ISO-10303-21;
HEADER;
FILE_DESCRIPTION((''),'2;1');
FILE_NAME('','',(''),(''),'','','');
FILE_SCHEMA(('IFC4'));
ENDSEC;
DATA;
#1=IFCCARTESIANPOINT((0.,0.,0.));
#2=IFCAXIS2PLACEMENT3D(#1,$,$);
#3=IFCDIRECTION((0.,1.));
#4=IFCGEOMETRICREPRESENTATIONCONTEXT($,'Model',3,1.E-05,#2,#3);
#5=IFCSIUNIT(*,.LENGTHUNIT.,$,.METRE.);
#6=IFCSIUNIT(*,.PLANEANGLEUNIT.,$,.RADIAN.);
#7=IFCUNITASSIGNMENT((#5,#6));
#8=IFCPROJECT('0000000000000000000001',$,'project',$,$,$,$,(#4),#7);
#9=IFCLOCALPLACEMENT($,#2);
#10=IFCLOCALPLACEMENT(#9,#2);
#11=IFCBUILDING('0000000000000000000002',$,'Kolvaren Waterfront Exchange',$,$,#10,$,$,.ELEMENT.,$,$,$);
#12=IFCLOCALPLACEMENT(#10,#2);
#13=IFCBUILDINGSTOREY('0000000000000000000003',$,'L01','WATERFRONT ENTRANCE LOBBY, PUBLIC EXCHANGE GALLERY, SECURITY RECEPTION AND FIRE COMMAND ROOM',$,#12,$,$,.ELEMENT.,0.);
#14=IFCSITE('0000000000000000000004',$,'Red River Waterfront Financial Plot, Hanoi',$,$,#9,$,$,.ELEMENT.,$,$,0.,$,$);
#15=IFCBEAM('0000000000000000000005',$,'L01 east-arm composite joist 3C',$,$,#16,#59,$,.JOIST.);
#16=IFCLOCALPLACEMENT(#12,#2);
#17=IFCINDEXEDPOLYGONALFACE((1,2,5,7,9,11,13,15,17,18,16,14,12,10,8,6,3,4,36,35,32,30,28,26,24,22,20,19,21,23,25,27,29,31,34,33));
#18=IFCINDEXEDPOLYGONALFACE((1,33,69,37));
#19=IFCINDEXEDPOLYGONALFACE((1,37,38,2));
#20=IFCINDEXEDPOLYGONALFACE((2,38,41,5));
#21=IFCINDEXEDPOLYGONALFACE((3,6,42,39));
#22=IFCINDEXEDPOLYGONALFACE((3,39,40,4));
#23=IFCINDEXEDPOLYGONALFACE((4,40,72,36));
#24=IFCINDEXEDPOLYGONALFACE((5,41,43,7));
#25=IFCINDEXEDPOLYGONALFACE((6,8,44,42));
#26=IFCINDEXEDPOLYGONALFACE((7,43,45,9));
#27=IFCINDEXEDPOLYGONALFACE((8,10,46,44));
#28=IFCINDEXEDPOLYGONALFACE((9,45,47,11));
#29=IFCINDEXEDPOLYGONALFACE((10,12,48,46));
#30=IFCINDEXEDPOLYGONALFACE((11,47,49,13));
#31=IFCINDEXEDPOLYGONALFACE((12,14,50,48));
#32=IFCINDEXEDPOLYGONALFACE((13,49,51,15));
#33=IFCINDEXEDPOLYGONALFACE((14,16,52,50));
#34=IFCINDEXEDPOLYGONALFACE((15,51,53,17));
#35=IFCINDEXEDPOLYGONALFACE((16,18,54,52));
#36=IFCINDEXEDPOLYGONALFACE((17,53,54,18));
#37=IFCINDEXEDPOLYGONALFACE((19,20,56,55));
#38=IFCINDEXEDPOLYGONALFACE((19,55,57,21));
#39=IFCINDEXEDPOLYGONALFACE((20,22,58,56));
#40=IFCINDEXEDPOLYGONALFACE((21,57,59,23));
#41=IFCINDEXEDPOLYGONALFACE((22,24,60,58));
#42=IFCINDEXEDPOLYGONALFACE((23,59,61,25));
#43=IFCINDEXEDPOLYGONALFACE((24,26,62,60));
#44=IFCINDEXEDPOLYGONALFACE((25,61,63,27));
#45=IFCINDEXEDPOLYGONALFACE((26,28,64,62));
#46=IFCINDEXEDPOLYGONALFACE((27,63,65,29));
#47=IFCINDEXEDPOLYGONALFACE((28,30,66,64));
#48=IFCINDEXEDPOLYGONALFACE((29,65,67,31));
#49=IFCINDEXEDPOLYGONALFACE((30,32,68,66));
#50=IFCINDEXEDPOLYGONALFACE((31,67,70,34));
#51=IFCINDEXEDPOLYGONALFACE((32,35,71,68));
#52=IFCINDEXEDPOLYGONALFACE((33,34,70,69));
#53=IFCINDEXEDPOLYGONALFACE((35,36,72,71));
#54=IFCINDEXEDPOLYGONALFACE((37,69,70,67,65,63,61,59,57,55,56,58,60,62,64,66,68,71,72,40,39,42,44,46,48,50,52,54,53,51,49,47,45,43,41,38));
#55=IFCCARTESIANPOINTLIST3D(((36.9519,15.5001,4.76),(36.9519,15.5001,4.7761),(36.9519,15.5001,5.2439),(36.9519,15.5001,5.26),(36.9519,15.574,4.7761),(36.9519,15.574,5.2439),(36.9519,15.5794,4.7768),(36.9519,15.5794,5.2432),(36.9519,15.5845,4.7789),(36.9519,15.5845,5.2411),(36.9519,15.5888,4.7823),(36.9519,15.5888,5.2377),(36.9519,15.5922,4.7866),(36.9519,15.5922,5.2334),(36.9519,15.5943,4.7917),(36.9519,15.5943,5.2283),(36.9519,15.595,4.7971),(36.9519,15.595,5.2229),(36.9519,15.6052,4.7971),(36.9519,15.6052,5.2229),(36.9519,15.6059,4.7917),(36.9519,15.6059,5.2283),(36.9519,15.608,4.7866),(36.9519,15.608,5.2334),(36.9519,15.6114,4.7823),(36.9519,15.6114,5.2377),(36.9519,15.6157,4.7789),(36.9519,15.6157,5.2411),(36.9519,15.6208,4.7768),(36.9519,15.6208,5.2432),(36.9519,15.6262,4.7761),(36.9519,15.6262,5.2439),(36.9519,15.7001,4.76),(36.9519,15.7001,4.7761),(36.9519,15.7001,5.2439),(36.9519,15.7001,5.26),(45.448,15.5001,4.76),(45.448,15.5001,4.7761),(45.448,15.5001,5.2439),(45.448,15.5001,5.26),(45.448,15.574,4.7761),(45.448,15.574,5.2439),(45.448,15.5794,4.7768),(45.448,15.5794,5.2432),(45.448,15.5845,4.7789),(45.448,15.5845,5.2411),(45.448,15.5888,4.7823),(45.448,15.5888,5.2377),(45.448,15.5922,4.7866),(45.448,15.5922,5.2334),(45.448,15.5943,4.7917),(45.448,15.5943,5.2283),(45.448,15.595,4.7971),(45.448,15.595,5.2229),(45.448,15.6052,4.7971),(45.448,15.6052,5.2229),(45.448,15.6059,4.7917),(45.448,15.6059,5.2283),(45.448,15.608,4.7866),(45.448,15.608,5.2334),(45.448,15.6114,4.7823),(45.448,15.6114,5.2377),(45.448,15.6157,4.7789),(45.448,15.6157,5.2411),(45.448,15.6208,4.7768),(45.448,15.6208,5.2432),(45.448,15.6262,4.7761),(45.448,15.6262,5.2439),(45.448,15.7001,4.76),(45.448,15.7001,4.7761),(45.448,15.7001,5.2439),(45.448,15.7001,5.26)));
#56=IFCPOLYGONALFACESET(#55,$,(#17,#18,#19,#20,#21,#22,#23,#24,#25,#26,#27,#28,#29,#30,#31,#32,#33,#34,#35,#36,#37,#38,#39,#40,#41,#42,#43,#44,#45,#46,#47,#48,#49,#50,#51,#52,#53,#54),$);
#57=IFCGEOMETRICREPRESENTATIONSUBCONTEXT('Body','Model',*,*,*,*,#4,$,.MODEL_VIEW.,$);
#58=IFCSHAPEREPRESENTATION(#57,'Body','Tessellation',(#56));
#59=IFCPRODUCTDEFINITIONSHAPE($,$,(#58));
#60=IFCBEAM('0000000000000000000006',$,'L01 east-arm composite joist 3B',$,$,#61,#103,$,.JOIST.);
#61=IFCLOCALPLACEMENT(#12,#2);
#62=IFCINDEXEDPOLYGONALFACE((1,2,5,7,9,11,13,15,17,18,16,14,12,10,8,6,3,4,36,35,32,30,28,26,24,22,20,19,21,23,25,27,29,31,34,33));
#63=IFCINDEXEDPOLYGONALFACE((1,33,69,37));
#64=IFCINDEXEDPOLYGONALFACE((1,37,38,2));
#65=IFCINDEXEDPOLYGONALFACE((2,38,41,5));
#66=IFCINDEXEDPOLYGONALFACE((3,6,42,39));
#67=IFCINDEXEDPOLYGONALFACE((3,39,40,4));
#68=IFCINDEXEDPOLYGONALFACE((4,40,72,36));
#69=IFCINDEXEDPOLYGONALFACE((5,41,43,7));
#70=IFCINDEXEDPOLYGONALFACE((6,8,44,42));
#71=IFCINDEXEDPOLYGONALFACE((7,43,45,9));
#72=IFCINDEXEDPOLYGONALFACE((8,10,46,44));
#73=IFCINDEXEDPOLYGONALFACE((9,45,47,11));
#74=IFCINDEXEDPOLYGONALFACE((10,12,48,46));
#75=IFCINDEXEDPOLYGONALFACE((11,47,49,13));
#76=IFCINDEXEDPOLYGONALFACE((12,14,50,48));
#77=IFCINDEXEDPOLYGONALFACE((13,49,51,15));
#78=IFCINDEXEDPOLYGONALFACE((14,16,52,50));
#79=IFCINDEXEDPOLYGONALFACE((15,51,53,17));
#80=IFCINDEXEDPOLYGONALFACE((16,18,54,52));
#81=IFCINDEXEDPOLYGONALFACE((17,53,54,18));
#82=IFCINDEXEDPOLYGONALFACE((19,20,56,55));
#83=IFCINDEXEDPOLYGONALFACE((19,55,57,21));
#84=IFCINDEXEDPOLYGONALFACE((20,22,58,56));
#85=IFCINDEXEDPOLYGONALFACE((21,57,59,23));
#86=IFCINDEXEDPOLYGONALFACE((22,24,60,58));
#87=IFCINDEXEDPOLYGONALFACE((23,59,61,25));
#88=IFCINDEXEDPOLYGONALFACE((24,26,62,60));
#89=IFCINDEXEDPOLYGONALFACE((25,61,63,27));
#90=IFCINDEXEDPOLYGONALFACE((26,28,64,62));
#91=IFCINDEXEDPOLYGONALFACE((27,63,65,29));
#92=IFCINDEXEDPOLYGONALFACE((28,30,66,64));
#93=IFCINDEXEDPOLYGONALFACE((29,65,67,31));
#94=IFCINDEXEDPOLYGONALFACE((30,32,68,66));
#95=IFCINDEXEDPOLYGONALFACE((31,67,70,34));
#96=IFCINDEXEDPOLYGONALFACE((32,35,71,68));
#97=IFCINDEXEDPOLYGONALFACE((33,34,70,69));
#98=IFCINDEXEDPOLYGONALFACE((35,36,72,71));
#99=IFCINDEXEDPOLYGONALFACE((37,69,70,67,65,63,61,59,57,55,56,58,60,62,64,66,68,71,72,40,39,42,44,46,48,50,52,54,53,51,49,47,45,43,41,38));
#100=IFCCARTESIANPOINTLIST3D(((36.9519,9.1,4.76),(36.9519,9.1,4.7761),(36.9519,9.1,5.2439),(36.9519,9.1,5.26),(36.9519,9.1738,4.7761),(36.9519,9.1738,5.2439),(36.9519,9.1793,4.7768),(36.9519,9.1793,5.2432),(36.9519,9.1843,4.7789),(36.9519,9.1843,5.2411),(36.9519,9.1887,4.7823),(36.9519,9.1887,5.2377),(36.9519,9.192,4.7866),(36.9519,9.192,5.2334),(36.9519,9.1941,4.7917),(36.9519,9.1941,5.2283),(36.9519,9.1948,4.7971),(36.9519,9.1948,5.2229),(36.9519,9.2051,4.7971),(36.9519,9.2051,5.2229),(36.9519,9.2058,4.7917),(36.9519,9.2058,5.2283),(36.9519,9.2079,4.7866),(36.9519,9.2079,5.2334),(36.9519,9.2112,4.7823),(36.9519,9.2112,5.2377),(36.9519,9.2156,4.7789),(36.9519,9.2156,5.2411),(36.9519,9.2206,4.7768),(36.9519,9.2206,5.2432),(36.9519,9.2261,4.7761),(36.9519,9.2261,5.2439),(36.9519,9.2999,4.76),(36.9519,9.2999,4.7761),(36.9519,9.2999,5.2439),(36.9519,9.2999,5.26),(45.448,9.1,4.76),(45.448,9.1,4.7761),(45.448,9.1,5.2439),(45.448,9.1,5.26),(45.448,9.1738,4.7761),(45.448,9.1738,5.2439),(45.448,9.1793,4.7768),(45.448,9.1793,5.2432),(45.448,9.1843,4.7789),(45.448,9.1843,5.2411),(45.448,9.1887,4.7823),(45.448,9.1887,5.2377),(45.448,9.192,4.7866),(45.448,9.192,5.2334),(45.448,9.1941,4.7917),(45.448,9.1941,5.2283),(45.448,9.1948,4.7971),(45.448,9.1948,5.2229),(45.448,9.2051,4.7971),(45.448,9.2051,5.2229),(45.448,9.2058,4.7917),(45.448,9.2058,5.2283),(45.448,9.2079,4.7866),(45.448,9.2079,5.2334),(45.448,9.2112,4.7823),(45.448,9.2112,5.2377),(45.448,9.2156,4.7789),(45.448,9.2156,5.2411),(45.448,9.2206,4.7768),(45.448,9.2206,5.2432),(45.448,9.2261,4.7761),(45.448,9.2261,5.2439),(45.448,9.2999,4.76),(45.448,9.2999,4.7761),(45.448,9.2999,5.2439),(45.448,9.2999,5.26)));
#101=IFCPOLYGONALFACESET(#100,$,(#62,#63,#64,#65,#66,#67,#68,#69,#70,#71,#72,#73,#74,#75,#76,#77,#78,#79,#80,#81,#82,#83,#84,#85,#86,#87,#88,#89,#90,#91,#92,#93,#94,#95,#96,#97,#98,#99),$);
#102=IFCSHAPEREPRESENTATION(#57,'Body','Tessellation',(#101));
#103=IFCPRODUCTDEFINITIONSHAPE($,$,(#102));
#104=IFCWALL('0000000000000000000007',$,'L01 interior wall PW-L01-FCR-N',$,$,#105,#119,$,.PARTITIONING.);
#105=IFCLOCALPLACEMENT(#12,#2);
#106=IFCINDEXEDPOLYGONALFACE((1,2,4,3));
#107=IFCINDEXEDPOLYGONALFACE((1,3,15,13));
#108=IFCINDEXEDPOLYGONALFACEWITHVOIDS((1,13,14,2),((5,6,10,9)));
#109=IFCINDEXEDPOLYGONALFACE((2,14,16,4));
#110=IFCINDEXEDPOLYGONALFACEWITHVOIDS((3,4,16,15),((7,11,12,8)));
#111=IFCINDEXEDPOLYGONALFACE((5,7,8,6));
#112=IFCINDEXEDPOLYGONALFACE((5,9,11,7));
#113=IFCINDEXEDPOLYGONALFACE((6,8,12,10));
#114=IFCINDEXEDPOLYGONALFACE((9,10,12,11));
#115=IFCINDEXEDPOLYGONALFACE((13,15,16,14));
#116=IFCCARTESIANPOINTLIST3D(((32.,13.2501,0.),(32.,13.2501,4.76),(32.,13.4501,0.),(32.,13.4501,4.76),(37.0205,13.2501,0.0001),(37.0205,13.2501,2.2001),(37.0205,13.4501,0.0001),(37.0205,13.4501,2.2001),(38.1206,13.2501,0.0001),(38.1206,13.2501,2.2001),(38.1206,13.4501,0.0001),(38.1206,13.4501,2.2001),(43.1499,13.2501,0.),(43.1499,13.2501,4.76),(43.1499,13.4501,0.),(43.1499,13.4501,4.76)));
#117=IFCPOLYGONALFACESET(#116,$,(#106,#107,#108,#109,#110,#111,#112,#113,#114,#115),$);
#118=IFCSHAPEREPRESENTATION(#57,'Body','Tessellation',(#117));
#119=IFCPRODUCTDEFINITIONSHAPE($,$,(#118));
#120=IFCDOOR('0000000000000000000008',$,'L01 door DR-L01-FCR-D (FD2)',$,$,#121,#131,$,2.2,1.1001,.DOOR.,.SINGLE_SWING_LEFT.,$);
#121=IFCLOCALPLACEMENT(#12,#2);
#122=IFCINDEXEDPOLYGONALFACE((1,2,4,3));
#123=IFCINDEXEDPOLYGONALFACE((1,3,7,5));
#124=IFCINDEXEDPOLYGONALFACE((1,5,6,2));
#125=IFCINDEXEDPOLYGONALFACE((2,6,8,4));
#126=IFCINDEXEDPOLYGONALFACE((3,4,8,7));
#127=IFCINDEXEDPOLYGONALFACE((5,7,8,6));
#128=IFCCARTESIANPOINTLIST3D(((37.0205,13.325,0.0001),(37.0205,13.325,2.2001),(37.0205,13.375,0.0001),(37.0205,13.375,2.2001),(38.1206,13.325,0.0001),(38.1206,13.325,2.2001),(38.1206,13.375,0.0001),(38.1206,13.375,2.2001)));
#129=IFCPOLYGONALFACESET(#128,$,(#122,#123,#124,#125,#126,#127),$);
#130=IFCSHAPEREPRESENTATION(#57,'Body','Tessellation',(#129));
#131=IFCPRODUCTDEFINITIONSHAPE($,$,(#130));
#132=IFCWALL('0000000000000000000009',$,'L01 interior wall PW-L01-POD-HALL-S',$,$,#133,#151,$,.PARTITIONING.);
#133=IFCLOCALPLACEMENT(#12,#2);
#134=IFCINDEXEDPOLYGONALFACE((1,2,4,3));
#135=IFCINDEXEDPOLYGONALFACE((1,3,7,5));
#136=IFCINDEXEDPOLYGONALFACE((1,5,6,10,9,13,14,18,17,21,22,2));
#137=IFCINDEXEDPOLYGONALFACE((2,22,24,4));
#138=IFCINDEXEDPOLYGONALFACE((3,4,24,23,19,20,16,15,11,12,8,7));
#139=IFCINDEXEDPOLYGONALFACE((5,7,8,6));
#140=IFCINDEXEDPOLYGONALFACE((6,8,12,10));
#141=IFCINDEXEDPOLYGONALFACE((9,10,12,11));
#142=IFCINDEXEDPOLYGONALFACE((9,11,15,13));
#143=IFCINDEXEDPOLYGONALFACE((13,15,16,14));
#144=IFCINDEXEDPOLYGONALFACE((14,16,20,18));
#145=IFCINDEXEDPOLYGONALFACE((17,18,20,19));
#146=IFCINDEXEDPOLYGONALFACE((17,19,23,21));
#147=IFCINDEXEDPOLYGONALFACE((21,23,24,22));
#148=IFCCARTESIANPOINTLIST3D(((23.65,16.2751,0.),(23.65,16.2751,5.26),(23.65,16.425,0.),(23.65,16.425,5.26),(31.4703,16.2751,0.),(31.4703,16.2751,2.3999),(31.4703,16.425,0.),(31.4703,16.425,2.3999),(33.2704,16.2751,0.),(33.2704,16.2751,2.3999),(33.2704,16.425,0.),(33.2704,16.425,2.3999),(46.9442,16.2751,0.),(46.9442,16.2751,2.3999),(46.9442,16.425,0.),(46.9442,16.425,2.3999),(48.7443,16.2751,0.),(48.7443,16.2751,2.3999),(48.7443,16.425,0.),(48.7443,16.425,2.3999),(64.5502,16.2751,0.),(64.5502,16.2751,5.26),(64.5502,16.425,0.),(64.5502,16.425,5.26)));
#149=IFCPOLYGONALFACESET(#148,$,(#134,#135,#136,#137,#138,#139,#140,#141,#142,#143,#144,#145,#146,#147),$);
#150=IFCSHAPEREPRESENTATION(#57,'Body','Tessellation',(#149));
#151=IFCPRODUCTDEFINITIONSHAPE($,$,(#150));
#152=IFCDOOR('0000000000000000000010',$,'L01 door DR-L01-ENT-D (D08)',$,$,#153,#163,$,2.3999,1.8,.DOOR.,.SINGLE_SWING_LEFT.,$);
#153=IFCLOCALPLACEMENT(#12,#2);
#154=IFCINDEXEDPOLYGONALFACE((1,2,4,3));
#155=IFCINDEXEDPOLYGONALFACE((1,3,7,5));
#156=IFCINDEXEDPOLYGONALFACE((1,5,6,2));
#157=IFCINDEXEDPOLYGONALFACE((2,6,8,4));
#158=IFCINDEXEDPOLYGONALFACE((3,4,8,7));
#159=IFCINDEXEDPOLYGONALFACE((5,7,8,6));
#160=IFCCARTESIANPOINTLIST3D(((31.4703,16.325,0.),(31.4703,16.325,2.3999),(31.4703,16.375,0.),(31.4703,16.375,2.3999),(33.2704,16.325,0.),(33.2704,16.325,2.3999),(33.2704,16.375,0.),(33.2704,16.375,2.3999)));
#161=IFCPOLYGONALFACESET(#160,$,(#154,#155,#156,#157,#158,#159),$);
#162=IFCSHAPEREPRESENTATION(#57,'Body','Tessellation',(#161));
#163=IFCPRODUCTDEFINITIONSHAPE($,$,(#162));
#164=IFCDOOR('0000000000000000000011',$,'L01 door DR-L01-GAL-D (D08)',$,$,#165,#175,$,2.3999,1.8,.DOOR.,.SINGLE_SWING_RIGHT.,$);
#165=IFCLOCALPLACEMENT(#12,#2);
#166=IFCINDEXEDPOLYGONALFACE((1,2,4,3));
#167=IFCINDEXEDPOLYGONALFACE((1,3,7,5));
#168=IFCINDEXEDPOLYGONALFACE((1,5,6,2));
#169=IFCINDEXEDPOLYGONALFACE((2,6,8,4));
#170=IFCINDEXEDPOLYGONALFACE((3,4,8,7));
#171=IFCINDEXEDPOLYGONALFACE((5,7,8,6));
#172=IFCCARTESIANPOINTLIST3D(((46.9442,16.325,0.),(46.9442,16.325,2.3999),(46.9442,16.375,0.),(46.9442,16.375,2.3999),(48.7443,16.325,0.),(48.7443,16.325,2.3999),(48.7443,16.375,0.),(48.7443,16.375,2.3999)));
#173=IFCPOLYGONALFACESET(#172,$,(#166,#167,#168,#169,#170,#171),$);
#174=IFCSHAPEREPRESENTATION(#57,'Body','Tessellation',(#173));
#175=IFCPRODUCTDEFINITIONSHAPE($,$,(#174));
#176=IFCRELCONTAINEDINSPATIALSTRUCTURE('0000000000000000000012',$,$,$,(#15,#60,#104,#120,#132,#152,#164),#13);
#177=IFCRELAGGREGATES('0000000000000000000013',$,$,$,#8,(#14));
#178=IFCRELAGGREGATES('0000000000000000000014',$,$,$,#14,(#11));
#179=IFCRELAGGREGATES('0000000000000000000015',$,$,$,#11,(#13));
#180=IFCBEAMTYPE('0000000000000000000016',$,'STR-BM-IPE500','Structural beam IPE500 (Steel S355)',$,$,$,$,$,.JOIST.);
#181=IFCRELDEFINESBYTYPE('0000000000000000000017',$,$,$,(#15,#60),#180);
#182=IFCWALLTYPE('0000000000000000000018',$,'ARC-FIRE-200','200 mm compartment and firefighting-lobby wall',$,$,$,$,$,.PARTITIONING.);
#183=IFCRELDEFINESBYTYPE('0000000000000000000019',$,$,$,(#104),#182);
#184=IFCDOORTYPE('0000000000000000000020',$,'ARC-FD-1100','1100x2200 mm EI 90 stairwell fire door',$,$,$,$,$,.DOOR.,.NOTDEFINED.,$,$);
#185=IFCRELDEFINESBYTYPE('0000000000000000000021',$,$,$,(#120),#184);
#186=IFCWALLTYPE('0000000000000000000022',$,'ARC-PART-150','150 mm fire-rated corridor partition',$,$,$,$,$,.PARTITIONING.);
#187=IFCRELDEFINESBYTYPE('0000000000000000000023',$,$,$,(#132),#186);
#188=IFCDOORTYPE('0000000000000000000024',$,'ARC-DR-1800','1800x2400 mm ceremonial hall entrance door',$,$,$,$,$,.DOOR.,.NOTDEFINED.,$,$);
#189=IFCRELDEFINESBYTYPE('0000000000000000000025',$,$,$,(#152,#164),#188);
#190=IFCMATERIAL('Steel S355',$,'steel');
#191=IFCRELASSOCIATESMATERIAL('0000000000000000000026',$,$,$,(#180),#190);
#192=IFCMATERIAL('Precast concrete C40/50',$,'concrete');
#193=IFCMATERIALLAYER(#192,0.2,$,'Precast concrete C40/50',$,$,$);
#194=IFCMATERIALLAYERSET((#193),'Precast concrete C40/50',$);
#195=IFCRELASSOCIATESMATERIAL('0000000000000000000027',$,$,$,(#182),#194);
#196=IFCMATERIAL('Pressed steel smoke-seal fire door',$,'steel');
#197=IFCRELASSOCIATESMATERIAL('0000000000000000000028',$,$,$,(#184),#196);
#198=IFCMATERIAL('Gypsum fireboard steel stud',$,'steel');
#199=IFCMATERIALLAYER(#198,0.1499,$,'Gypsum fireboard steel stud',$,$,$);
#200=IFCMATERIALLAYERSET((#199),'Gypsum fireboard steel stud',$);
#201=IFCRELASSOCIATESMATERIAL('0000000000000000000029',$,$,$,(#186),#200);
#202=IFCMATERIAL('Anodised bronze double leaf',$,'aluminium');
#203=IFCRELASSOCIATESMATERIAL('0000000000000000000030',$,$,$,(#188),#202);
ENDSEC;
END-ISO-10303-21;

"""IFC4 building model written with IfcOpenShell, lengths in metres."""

from ifc_helpers import new_model, si_unit, direction, frame, frame_2d, origin, origin_2d, place, context, subcontext, project, spatial, rectangle, i_section, extrude, material, layer, layer_set, material_profile, profile_set, type_object, element, fill, save


model = new_model("IFC4")

# Units and contexts
model_context = context("Model", 3, precision=1e-05, world=origin(), true_north=direction((0.0, 1.0)))
body_context = subcontext(model_context, "Body", "Model", "MODEL_VIEW")
ifc_project = project(units=[si_unit("LENGTHUNIT", "METRE"), si_unit("PLANEANGLEUNIT", "RADIAN")], contexts=[model_context])

# Site, building, storey
site_placement = place(None, origin())
site = spatial("IfcSite", under=ifc_project, at=site_placement, Name="Red River Waterfront Financial Plot, Hanoi", CompositionType="ELEMENT", RefElevation=0.0)
building_placement = place(site_placement, origin())
building = spatial("IfcBuilding", under=site, at=building_placement, Name="Kolvaren Waterfront Exchange", CompositionType="ELEMENT")
storey_placement = place(building_placement, origin())
storey = spatial("IfcBuildingStorey", under=building, at=storey_placement, Name="L01", Description="WATERFRONT ENTRANCE LOBBY, PUBLIC EXCHANGE GALLERY, SECURITY RECEPTION AND FIRE COMMAND ROOM", CompositionType="ELEMENT", Elevation=0.0)

# Beams
ifc_material_1 = material(Name="Steel S355", Category="steel")
ifc_material_profile_1 = material_profile(ifc_material_1, i_section(OverallWidth=0.2, OverallDepth=0.5, WebThickness=0.0103, FlangeThickness=0.0161, FilletRadius=0.021, at=origin_2d()), Name="IPE500")
ifc_profile_set_1 = profile_set([ifc_material_profile_1], Name="Steel S355")
beam_type_1 = type_object("IfcBeamType", Name="STR-BM-IPE500", Description="Structural beam IPE500 (Steel S355)", PredefinedType="JOIST", material=ifc_profile_set_1)
for number, where, z_axis, x_axis, name in (
    (1, (36.9519, 15.6001, 5.01), (1.0, 0.0, 0.0), (0.0, 1.0, 0.0), "L01 east-arm composite joist 3C"),
    (2, (36.9519, 9.2, 5.01), (1.0, 0.0, 0.0), (0.0, 1.0, 0.0), "L01 east-arm composite joist 3B"),
):
    element("IfcBeam", number, at=place(storey_placement, frame(where, z_axis=z_axis, x_axis=x_axis)), inside=storey, type_object=beam_type_1, Name=name, PredefinedType="JOIST", context=body_context, shape_type="SweptSolid", body=[
        extrude(i_section(OverallWidth=0.2, OverallDepth=0.5, WebThickness=0.0103, FlangeThickness=0.0161, FilletRadius=0.021, at=origin_2d()), origin(), (0.0, 0.0, 1.0), 8.4961),
    ])

# Wall, opening, door
ifc_material_2 = material(Name="Precast concrete C40/50", Category="concrete")
ifc_layer_1 = layer(ifc_material_2, 0.2, Name="Precast concrete C40/50")
ifc_layer_set_1 = layer_set([ifc_layer_1], Name="Precast concrete C40/50")
wall_type_1 = type_object("IfcWallType", Name="ARC-FIRE-200", Description="200 mm compartment and firefighting-lobby wall", PredefinedType="PARTITIONING", material=ifc_layer_set_1)
wall_1_placement = place(storey_placement, frame((32.0, 13.3501, 0.0), z_axis=(0.0, 0.0, 1.0), x_axis=(1.0, 0.0, 0.0)))
wall_1 = element("IfcWall", 3, at=wall_1_placement, inside=storey, type_object=wall_type_1, Name="L01 interior wall PW-L01-FCR-N", PredefinedType="PARTITIONING", context=body_context, shape_type="SweptSolid", body=[
    extrude(rectangle(XDim=11.1499, YDim=0.2, at=frame_2d((5.575, 0.0))), origin(), (0.0, 0.0, 1.0), 4.76),
])
opening_1_placement = place(wall_1_placement, frame((5.0205, 0.0, 0.0)))
opening_1 = element("IfcOpeningElement", 4, at=opening_1_placement, cuts=wall_1, PredefinedType="OPENING", context=body_context, shape_type="SweptSolid", body=[
    extrude(rectangle(XDim=1.1001, YDim=2.2, at=frame_2d((0.55, 1.1001))), frame((0.0, 0.1099, 0.0), z_axis=(0.0, -1.0, 0.0), x_axis=(1.0, 0.0, 0.0)), (0.0, 0.0, 1.0), 0.22),
])
ifc_material_3 = material(Name="Pressed steel smoke-seal fire door", Category="steel")
door_type_1 = type_object("IfcDoorType", Name="ARC-FD-1100", Description="1100x2200 mm EI 90 stairwell fire door", OperationType="NOTDEFINED", PredefinedType="DOOR", material=ifc_material_3)
door_1_placement = place(opening_1_placement, origin())
door_1 = element("IfcDoor", 5, at=door_1_placement, inside=storey, type_object=door_type_1, Name="L01 door DR-L01-FCR-D (FD2)", OperationType="SINGLE_SWING_LEFT", OverallHeight=2.2, OverallWidth=1.1001, PredefinedType="DOOR", context=body_context, shape_type="SweptSolid", body=[
    extrude(rectangle(XDim=1.1001, YDim=2.2, at=frame_2d((0.55, 1.1001))), frame((0.0, 0.0249, 0.0), z_axis=(0.0, -1.0, 0.0), x_axis=(1.0, 0.0, 0.0)), (0.0, 0.0, 1.0), 0.05),
])
fill(opening_1, door_1)

# Wall, openings, doors
ifc_material_4 = material(Name="Gypsum fireboard steel stud", Category="steel")
ifc_layer_2 = layer(ifc_material_4, 0.1499, Name="Gypsum fireboard steel stud")
ifc_layer_set_2 = layer_set([ifc_layer_2], Name="Gypsum fireboard steel stud")
wall_type_2 = type_object("IfcWallType", Name="ARC-PART-150", Description="150 mm fire-rated corridor partition", PredefinedType="PARTITIONING", material=ifc_layer_set_2)
wall_2_placement = place(storey_placement, frame((23.6499, 16.3501, 0.0), z_axis=(0.0, 0.0, 1.0), x_axis=(1.0, 0.0, 0.0)))
wall_2 = element("IfcWall", 6, at=wall_2_placement, inside=storey, type_object=wall_type_2, Name="L01 interior wall PW-L01-POD-HALL-S", PredefinedType="PARTITIONING", context=body_context, shape_type="SweptSolid", body=[
    extrude(rectangle(XDim=40.9001, YDim=0.1499, at=frame_2d((20.4502, 0.0))), origin(), (0.0, 0.0, 1.0), 5.26),
])
opening_2_placement = place(wall_2_placement, frame((7.8206, 0.0, 0.0)))
opening_2 = element("IfcOpeningElement", 7, at=opening_2_placement, cuts=wall_2, PredefinedType="OPENING", context=body_context, shape_type="SweptSolid", body=[
    extrude(rectangle(XDim=1.8, YDim=2.3999, at=frame_2d((0.8999, 1.2))), frame((0.0, 0.085, 0.0), z_axis=(0.0, -1.0, 0.0), x_axis=(1.0, 0.0, 0.0)), (0.0, 0.0, 1.0), 0.1699),
])
opening_3_placement = place(wall_2_placement, frame((23.2944, 0.0, 0.0)))
opening_3 = element("IfcOpeningElement", 8, at=opening_3_placement, cuts=wall_2, PredefinedType="OPENING", context=body_context, shape_type="SweptSolid", body=[
    extrude(rectangle(XDim=1.8, YDim=2.3999, at=frame_2d((0.8999, 1.2))), frame((0.0, 0.085, 0.0), z_axis=(0.0, -1.0, 0.0), x_axis=(1.0, 0.0, 0.0)), (0.0, 0.0, 1.0), 0.1699),
])
ifc_material_5 = material(Name="Anodised bronze double leaf", Category="aluminium")
door_type_2 = type_object("IfcDoorType", Name="ARC-DR-1800", Description="1800x2400 mm ceremonial hall entrance door", OperationType="NOTDEFINED", PredefinedType="DOOR", material=ifc_material_5)
door_2_placement = place(opening_2_placement, origin())
door_2 = element("IfcDoor", 9, at=door_2_placement, inside=storey, type_object=door_type_2, Name="L01 door DR-L01-ENT-D (D08)", OperationType="SINGLE_SWING_LEFT", OverallHeight=2.3999, OverallWidth=1.8, PredefinedType="DOOR", context=body_context, shape_type="SweptSolid", body=[
    extrude(rectangle(XDim=1.8, YDim=2.3999, at=frame_2d((0.8999, 1.2))), frame((0.0, 0.0249, 0.0), z_axis=(0.0, -1.0, 0.0), x_axis=(1.0, 0.0, 0.0)), (0.0, 0.0, 1.0), 0.05),
])
fill(opening_2, door_2)
door_3_placement = place(opening_3_placement, origin())
door_3 = element("IfcDoor", 10, at=door_3_placement, inside=storey, type_object=door_type_2, Name="L01 door DR-L01-GAL-D (D08)", OperationType="SINGLE_SWING_RIGHT", OverallHeight=2.3999, OverallWidth=1.8, PredefinedType="DOOR", context=body_context, shape_type="SweptSolid", body=[
    extrude(rectangle(XDim=1.8, YDim=2.3999, at=frame_2d((0.8999, 1.2))), frame((0.0, 0.0249, 0.0), z_axis=(0.0, -1.0, 0.0), x_axis=(1.0, 0.0, 0.0)), (0.0, 0.0, 1.0), 0.05),
])
fill(opening_3, door_3)

save(model, "model.ifc")
